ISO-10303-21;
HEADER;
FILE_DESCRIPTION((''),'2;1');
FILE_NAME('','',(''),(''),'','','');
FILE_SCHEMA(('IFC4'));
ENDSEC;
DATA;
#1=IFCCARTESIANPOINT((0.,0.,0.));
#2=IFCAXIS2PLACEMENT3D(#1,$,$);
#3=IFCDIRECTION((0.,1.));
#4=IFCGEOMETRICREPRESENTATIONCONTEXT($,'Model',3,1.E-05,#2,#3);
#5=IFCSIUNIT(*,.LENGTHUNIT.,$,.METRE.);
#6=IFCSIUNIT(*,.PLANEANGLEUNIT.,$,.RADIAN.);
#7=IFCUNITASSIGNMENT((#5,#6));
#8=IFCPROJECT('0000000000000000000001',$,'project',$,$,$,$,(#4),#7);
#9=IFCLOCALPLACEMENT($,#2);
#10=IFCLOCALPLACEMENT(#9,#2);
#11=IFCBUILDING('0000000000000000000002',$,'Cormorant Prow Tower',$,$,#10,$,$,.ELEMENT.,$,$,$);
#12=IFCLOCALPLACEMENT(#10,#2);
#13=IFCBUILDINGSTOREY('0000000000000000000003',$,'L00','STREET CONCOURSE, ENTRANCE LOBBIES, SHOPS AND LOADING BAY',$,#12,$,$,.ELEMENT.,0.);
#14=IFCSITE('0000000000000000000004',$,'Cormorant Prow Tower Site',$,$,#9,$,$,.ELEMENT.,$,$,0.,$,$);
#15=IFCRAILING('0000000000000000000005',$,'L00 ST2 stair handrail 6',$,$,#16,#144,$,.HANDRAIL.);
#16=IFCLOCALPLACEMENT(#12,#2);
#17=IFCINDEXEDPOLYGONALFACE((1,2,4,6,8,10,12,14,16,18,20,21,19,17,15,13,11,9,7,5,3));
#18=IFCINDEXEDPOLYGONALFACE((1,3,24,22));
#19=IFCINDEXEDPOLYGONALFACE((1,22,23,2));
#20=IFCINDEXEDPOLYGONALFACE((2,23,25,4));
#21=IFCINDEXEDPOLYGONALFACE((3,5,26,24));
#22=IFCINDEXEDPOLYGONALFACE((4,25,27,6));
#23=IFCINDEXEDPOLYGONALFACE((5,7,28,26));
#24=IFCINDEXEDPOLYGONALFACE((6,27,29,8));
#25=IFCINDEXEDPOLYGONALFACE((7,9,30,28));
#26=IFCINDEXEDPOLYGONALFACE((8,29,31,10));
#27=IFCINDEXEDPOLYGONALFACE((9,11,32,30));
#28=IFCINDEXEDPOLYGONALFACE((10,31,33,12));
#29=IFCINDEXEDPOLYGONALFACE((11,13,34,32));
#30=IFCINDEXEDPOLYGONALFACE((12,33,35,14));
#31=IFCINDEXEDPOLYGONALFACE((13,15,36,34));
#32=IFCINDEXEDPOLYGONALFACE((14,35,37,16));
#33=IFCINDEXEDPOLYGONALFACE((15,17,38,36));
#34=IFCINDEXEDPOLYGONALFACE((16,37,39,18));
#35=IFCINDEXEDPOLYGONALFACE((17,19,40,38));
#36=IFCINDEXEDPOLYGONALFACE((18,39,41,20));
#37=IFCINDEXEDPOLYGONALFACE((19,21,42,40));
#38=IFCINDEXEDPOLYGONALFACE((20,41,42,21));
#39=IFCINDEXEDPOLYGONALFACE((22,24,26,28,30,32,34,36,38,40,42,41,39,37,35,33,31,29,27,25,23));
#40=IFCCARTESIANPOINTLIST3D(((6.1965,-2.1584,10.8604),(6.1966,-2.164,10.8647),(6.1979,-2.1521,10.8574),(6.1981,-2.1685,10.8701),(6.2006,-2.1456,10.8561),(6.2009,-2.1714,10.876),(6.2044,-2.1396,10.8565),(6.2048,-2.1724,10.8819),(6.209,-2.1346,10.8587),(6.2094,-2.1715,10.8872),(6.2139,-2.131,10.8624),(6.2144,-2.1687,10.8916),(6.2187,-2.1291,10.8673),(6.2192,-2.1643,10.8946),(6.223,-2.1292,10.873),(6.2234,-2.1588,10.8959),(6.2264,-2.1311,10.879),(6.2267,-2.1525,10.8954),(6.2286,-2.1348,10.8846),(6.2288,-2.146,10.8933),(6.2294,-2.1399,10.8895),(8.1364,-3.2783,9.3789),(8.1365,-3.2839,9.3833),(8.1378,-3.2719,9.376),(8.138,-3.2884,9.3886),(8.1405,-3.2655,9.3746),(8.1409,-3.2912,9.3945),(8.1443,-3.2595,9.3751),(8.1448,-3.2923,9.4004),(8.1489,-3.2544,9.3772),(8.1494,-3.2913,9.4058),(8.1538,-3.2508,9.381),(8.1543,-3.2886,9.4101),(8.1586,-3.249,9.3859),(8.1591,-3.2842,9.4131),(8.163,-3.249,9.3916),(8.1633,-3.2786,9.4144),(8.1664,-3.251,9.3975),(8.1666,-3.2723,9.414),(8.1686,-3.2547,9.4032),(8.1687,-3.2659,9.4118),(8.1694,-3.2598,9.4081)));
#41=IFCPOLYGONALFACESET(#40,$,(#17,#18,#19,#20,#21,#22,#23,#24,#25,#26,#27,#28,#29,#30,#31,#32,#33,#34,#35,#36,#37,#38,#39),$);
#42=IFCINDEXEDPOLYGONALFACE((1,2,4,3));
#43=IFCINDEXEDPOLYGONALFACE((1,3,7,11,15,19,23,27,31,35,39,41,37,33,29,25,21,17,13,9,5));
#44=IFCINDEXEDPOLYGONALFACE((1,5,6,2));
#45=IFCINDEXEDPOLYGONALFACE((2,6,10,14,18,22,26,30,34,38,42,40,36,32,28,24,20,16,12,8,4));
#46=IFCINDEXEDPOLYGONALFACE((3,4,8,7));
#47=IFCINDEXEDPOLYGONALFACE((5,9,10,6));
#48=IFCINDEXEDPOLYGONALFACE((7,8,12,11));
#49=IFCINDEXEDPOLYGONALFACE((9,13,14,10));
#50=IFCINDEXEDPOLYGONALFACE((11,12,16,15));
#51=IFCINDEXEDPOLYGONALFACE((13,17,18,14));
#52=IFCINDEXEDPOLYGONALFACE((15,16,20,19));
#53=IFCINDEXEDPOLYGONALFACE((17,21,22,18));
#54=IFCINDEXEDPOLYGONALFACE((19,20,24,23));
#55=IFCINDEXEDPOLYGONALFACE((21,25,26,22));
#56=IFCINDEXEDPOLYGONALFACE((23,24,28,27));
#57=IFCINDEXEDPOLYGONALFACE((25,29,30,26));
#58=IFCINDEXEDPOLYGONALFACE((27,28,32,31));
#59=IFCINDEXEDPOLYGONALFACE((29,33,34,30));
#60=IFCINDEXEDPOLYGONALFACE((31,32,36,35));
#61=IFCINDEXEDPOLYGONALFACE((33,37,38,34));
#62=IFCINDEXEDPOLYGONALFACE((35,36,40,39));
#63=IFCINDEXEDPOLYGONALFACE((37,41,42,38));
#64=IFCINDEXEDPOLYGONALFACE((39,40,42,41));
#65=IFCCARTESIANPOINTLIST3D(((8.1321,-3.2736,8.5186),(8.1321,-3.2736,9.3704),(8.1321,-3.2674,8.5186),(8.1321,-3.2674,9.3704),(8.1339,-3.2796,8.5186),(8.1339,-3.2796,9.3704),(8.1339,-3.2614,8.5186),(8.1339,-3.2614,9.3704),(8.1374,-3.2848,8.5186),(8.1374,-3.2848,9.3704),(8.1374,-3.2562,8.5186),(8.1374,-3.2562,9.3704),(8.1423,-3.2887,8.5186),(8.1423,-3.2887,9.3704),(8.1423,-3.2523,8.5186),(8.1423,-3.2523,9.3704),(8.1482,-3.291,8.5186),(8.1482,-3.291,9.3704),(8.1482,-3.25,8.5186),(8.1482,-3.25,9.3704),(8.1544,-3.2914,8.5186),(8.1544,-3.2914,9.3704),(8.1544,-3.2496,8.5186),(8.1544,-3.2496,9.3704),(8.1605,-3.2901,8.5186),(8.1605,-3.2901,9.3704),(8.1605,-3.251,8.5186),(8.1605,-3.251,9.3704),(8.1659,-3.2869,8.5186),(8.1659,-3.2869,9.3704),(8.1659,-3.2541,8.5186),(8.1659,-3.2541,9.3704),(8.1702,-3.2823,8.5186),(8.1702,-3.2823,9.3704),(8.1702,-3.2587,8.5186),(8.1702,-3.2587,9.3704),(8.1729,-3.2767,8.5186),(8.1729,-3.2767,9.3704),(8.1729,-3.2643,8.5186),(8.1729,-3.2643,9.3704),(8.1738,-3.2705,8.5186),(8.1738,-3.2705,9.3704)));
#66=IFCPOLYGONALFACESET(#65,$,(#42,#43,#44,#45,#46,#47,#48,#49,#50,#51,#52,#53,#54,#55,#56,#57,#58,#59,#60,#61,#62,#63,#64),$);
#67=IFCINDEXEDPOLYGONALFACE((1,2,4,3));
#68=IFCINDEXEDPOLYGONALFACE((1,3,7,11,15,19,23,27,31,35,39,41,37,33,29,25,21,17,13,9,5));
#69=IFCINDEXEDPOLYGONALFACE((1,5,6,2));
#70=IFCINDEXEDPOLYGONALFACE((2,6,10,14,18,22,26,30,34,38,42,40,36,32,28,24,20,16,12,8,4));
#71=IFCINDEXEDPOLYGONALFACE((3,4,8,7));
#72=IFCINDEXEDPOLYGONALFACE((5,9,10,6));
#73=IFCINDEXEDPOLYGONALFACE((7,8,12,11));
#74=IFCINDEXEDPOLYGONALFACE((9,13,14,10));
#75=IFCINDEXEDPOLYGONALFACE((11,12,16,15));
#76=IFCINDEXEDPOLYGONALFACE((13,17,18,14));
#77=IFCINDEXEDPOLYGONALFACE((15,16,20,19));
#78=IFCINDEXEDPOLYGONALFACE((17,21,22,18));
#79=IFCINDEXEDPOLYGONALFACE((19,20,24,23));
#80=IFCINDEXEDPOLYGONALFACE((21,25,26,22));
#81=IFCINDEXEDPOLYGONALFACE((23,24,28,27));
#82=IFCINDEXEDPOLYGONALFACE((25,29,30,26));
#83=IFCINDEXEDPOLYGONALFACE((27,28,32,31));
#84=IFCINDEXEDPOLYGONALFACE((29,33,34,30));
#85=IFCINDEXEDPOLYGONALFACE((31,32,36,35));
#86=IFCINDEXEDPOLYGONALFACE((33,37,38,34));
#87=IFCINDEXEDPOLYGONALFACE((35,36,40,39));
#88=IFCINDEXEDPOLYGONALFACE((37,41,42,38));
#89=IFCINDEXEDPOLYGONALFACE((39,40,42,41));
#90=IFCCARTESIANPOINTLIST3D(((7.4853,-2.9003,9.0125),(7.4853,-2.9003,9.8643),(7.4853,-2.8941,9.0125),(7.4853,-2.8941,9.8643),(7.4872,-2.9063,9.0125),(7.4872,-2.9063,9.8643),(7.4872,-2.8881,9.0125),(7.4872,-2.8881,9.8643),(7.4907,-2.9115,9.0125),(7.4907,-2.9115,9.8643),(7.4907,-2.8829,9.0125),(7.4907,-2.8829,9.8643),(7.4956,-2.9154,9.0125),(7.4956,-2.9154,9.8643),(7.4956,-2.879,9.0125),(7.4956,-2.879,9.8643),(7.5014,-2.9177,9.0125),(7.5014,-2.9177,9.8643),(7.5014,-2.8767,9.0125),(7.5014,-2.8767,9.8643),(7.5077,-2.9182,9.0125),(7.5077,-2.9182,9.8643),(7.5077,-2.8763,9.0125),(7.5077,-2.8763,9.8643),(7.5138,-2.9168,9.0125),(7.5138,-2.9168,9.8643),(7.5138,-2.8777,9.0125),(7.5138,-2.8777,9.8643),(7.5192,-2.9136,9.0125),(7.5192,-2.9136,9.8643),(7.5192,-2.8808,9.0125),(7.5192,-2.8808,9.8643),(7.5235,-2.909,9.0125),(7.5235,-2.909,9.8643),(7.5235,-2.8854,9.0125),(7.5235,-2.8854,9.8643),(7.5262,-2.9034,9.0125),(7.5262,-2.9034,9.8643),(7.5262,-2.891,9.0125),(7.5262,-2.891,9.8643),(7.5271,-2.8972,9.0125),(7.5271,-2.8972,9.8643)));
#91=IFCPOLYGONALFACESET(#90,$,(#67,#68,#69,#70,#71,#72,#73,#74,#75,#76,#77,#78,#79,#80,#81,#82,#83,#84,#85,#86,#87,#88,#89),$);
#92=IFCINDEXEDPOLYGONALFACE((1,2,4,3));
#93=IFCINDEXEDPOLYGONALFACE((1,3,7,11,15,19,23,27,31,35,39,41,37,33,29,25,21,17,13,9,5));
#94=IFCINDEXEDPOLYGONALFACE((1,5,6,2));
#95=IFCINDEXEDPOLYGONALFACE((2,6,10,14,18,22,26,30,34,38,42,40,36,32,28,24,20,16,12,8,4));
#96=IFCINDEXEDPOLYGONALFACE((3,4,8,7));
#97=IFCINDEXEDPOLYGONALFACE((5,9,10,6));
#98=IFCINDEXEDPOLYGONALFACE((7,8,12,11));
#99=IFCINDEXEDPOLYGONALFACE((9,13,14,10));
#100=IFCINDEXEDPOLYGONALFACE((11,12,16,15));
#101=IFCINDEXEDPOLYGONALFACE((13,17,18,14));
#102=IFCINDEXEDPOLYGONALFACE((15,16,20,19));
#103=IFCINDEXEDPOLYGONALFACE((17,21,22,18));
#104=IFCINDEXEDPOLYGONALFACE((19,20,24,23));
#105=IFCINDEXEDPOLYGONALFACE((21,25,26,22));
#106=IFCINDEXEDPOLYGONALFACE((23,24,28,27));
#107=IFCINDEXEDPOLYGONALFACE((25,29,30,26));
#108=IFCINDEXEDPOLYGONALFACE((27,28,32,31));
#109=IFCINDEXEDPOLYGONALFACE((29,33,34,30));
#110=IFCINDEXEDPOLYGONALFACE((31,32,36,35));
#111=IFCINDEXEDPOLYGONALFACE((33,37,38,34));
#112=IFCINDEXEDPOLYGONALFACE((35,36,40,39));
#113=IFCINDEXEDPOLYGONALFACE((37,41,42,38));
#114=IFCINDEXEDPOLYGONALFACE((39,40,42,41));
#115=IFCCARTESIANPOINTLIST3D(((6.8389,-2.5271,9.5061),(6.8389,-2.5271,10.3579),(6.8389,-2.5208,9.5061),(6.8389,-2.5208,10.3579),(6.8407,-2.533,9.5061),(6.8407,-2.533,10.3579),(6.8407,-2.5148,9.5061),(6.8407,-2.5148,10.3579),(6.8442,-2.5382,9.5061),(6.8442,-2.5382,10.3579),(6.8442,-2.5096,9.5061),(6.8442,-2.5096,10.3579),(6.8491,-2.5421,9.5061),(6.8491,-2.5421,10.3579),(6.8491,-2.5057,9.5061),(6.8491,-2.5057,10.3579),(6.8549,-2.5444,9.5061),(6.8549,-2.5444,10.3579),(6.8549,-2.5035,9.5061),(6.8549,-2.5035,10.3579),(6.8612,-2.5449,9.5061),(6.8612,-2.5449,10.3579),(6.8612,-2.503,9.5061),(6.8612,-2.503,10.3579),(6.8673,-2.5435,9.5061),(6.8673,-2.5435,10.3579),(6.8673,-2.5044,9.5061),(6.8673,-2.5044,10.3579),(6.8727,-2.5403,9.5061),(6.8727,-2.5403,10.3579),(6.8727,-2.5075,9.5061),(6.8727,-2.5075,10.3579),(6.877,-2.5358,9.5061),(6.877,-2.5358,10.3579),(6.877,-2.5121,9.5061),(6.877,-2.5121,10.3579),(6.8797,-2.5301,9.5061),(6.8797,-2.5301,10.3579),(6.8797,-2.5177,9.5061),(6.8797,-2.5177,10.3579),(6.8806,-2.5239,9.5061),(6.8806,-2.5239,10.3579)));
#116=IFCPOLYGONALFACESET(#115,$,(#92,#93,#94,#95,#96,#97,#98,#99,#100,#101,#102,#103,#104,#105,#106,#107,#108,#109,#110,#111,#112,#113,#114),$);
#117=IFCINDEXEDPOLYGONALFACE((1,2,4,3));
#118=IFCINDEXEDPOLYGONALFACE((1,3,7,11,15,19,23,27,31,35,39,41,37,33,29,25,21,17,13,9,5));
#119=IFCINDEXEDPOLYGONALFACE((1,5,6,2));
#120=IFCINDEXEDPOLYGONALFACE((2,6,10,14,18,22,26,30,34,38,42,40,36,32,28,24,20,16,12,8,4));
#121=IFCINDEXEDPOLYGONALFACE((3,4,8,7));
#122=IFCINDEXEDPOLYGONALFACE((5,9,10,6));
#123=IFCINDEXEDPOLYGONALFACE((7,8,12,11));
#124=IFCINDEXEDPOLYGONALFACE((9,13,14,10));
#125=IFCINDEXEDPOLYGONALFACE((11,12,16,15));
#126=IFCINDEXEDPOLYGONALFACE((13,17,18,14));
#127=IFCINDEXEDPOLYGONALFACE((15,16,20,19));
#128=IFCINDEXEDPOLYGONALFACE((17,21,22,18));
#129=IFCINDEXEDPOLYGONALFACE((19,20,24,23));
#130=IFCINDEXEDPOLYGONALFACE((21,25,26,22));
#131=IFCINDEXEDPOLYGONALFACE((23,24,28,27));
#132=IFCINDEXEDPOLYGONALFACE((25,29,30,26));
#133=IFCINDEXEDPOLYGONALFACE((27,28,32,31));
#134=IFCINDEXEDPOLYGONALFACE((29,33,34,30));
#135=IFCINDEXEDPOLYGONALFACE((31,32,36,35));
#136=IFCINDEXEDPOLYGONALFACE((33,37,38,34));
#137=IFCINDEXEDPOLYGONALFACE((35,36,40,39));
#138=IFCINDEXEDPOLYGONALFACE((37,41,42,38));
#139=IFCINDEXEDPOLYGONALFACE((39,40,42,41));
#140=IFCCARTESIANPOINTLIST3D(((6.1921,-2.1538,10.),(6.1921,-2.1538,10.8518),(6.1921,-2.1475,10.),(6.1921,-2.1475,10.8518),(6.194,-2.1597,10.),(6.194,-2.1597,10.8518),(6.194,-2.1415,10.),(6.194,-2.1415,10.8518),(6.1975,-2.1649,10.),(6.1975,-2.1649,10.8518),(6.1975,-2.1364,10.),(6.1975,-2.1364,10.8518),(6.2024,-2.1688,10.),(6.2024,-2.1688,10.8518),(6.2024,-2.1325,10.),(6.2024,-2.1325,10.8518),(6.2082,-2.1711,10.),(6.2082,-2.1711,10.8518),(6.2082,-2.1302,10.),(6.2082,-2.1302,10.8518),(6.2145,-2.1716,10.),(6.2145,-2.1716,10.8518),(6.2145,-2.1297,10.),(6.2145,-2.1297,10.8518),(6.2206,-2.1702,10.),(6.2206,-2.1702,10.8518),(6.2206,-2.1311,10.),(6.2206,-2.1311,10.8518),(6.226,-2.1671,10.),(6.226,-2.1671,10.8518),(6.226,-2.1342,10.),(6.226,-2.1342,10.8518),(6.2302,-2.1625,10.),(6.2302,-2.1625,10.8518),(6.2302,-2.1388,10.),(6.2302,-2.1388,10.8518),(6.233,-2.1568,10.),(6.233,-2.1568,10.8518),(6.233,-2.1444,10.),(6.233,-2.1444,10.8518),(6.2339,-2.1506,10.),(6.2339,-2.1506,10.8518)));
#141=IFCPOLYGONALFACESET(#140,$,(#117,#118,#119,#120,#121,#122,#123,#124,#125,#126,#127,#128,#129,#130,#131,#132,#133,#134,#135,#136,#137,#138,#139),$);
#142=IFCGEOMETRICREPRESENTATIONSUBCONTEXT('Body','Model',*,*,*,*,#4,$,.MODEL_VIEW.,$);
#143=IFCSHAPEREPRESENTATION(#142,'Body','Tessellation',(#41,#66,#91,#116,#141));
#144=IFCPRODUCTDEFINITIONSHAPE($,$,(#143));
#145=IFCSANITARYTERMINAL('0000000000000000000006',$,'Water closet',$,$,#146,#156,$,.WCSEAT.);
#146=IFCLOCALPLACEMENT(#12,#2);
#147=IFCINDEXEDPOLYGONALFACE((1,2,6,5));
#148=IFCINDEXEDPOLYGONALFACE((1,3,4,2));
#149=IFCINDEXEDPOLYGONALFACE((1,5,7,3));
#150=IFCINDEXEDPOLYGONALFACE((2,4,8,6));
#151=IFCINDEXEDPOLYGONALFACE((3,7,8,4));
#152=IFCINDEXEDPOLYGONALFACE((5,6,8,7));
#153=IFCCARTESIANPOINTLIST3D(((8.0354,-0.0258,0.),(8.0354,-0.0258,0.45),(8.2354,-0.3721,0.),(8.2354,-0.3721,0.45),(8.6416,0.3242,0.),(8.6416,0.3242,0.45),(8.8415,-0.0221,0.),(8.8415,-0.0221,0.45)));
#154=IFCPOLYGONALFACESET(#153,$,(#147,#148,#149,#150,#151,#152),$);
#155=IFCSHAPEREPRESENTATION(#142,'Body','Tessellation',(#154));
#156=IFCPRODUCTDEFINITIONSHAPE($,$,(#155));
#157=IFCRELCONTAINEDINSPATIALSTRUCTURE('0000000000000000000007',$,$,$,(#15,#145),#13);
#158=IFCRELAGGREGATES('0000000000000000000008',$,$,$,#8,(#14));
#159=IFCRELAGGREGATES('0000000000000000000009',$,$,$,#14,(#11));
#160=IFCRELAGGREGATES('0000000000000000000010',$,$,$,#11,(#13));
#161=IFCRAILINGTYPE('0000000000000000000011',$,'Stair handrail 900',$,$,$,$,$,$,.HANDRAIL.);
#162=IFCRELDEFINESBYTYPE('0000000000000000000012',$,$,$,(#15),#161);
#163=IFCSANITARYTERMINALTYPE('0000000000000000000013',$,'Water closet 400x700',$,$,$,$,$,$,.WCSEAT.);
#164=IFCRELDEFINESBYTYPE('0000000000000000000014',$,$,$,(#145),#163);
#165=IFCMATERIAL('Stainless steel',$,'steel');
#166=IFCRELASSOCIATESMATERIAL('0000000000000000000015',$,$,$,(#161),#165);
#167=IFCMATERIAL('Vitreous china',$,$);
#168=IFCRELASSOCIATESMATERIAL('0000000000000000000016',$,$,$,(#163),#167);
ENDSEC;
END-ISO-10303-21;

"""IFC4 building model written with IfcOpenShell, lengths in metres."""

from ifc_helpers import new_model, si_unit, direction, frame, origin, origin_2d, place, context, subcontext, project, spatial, rectangle, circle, extrude, material, type_object, element, save


model = new_model("IFC4")

# Units and contexts
model_context = context("Model", 3, precision=1e-05, world=origin(), true_north=direction((0.0, 1.0)))
body_context = subcontext(model_context, "Body", "Model", "MODEL_VIEW")
ifc_project = project(units=[si_unit("LENGTHUNIT", "METRE"), si_unit("PLANEANGLEUNIT", "RADIAN")], contexts=[model_context])

# Site, building, storey
site_placement = place(None, origin())
site = spatial("IfcSite", under=ifc_project, at=site_placement, Name="Cormorant Prow Tower Site", CompositionType="ELEMENT", RefElevation=0.0)
building_placement = place(site_placement, origin())
building = spatial("IfcBuilding", under=site, at=building_placement, Name="Cormorant Prow Tower", CompositionType="ELEMENT")
storey_placement = place(building_placement, origin())
storey = spatial("IfcBuildingStorey", under=building, at=storey_placement, Name="L00", Description="STREET CONCOURSE, ENTRANCE LOBBIES, SHOPS AND LOADING BAY", CompositionType="ELEMENT", Elevation=0.0)

# Railing
ifc_material_1 = material(Name="Stainless steel", Category="steel")
railing_type = type_object("IfcRailingType", Name="Stair handrail 900", PredefinedType="HANDRAIL", material=ifc_material_1)
for number, where, name in (
    (1, (8.1528, -3.2705, 8.5186), "L00 ST2 stair handrail 6"),
):
    element("IfcRailing", number, at=place(storey_placement, frame(where)), inside=storey, type_object=railing_type, Name=name, PredefinedType="HANDRAIL", context=body_context, shape_type="SweptSolid", body=[
        extrude(circle(Radius=0.0239, at=origin_2d()), frame((0.0, 0.0, 0.876), z_axis=(-0.722363, 0.417, 0.551636), x_axis=(-0.499949, -0.866055, 0.0)), (0.0, 0.0, 1.0), 2.6855),
        extrude(circle(Radius=0.021, at=origin_2d()), origin(), (0.0, 0.0, 1.0), 0.8518),
        extrude(circle(Radius=0.021, at=origin_2d()), frame((-0.6467, 0.3733, 0.4939)), (0.0, 0.0, 1.0), 0.8518),
        extrude(circle(Radius=0.021, at=origin_2d()), frame((-1.2932, 0.7466, 0.9875)), (0.0, 0.0, 1.0), 0.8518),
        extrude(circle(Radius=0.021, at=origin_2d()), frame((-1.9399, 1.1199, 1.4814)), (0.0, 0.0, 1.0), 0.8518),
    ])

# Sanitary terminal
ifc_material_2 = material(Name="Vitreous china")
sanitary_terminal_type = type_object("IfcSanitaryTerminalType", Name="Water closet 400x700", PredefinedType="WCSEAT", material=ifc_material_2)
sanitary_terminal_placement = place(storey_placement, frame((8.4385, -0.0239, 0.0), z_axis=(0.0, 0.0, 1.0), x_axis=(0.5, -0.866025, 0.0)))
element("IfcSanitaryTerminal", 2, at=sanitary_terminal_placement, inside=storey, type_object=sanitary_terminal_type, Name="Water closet", PredefinedType="WCSEAT", context=body_context, shape_type="SweptSolid", body=[
    extrude(rectangle(XDim=0.3999, YDim=0.7, at=origin_2d()), origin(), (0.0, 0.0, 1.0), 0.45),
])

save(model, "model.ifc")
